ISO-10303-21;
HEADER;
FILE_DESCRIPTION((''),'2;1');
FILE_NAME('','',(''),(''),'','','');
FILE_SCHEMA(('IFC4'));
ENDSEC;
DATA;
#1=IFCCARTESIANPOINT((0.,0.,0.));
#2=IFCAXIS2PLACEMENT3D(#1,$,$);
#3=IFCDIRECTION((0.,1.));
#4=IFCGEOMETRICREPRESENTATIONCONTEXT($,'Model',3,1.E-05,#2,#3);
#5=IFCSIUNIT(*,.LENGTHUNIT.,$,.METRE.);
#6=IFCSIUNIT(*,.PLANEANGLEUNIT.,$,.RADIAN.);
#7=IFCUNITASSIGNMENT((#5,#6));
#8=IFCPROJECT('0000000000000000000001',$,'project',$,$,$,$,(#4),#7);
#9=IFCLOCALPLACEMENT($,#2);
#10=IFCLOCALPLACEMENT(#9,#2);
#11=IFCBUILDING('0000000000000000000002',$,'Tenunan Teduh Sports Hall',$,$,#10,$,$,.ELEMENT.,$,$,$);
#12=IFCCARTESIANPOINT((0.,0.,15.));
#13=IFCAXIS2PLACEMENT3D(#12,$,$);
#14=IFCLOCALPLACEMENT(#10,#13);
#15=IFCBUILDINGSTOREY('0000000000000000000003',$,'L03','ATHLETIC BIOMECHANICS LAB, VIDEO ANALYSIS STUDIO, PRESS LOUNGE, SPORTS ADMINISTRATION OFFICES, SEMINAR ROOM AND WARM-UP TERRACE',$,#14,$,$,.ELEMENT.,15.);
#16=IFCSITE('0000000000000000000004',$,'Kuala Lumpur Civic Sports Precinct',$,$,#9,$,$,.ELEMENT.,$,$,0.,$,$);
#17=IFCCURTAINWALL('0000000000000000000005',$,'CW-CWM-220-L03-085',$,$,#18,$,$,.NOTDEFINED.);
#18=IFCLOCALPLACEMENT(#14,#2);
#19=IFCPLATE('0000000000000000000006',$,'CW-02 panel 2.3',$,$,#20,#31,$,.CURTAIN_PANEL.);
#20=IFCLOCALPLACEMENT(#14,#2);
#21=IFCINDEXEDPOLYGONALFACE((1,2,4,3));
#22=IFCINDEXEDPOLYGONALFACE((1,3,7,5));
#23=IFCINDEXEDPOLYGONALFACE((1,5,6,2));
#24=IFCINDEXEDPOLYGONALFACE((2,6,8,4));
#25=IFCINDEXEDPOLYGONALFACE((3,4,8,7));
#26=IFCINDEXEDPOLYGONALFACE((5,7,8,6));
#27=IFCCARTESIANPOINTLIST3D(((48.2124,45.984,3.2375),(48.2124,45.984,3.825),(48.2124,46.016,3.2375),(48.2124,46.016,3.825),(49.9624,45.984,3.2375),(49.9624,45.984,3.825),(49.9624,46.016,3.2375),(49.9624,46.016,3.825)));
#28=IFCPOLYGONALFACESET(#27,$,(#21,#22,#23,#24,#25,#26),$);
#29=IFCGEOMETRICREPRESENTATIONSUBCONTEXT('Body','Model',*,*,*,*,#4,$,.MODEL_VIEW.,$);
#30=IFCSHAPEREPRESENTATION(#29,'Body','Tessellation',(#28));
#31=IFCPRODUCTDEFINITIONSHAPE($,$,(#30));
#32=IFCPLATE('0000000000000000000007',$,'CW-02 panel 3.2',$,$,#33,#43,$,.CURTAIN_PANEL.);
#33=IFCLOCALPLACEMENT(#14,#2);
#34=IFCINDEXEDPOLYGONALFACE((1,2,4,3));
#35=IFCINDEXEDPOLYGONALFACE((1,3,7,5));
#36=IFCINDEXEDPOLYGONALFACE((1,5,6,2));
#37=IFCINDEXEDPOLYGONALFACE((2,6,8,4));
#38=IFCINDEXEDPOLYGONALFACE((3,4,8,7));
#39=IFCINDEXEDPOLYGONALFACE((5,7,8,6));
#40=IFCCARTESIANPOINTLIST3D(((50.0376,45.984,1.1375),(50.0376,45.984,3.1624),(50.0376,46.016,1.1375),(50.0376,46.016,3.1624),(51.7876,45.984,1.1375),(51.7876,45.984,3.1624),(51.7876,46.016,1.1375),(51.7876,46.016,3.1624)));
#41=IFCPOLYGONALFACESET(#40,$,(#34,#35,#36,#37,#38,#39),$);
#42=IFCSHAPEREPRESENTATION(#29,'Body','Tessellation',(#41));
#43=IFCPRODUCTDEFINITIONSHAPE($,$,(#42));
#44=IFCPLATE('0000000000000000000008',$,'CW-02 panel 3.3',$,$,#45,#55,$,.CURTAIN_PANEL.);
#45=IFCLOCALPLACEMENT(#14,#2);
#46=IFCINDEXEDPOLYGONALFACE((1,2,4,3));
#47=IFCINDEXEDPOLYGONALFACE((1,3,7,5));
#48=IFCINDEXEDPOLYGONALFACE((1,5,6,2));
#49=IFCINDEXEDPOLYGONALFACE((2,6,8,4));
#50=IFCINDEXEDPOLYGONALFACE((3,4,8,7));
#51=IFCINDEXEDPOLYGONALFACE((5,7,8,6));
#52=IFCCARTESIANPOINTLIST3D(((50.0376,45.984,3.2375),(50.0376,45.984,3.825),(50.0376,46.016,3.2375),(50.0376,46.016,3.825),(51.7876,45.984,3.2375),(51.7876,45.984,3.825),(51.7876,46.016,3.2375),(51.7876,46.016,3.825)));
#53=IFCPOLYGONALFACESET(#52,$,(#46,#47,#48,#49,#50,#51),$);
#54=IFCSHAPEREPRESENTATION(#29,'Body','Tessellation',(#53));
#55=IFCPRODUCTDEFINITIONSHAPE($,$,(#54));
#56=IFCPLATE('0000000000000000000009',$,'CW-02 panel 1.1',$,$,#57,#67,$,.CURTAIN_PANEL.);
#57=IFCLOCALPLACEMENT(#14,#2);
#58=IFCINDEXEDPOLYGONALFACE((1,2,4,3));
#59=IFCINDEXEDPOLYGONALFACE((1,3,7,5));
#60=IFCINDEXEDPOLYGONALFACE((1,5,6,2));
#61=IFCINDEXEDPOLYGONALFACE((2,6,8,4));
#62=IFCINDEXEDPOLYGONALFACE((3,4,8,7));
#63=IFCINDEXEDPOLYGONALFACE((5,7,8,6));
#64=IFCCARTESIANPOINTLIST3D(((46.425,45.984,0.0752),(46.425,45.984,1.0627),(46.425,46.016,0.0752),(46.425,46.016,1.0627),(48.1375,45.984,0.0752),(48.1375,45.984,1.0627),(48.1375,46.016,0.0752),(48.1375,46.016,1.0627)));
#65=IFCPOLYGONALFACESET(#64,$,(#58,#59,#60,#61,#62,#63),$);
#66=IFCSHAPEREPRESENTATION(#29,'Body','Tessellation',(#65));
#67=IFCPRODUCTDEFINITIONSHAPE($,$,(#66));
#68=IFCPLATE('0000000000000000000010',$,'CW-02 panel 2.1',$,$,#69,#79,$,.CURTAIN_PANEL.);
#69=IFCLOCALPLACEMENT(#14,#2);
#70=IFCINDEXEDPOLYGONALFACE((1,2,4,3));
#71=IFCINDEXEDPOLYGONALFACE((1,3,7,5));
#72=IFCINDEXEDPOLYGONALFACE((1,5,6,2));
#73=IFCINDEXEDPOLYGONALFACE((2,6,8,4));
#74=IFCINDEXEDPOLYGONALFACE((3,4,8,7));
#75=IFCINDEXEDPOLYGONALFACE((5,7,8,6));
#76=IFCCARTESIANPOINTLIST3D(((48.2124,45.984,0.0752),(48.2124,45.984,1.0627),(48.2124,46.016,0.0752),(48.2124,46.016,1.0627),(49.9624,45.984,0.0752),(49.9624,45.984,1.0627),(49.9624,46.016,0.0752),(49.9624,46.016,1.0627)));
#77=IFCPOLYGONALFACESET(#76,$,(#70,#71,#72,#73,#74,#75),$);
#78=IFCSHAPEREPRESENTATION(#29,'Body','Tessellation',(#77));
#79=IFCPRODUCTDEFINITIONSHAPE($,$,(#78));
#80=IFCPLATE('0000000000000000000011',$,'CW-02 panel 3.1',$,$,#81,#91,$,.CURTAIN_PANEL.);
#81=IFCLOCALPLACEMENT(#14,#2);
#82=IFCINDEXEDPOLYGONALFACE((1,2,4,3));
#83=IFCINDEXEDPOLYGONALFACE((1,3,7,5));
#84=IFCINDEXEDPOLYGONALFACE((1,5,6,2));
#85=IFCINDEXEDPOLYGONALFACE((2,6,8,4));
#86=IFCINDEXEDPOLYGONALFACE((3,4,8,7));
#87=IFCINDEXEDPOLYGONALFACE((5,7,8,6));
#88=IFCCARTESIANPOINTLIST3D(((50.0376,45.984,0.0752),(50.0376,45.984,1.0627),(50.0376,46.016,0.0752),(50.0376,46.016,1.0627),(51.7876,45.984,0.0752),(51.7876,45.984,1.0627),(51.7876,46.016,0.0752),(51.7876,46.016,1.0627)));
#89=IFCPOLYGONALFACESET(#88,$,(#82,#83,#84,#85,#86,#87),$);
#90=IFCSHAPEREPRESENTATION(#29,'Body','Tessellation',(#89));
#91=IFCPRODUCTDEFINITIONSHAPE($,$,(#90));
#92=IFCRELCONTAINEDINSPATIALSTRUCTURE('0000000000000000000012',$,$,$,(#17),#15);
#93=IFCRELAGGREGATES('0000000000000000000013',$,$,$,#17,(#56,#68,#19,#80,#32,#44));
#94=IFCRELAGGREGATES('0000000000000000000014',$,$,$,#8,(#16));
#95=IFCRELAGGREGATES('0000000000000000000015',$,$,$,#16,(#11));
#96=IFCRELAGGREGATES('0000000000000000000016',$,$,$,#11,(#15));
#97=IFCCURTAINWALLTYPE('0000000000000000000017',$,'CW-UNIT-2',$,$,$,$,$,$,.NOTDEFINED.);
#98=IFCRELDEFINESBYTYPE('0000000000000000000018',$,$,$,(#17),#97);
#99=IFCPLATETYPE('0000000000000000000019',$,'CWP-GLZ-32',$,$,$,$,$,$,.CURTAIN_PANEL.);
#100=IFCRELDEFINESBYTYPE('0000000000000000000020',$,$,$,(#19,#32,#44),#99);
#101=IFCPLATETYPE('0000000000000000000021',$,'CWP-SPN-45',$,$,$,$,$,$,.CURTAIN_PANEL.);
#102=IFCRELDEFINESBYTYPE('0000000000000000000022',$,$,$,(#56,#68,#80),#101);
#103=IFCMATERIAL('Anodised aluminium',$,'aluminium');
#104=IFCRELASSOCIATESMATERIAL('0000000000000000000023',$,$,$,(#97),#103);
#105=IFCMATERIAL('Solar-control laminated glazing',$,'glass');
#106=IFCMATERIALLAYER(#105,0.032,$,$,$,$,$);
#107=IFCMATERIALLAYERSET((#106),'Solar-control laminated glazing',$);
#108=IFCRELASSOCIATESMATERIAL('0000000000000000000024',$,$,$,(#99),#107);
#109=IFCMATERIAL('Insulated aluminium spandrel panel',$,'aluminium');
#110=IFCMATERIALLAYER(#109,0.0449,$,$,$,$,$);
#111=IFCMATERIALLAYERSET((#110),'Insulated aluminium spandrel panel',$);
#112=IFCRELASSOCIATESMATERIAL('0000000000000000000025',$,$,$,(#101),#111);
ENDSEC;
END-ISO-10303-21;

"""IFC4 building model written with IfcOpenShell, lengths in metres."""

from ifc_helpers import new_model, si_unit, direction, frame, origin, origin_2d, place, context, subcontext, project, spatial, rectangle, extrude, material, layer, layer_set, type_object, element, aggregate, save


model = new_model("IFC4")

# Units and contexts
model_context = context("Model", 3, precision=1e-05, world=origin(), true_north=direction((0.0, 1.0)))
body_context = subcontext(model_context, "Body", "Model", "MODEL_VIEW")
ifc_project = project(units=[si_unit("LENGTHUNIT", "METRE"), si_unit("PLANEANGLEUNIT", "RADIAN")], contexts=[model_context])

# Site, building, storey
site_placement = place(None, origin())
site = spatial("IfcSite", under=ifc_project, at=site_placement, Name="Kuala Lumpur Civic Sports Precinct", CompositionType="ELEMENT", RefElevation=0.0)
building_placement = place(site_placement, origin())
building = spatial("IfcBuilding", under=site, at=building_placement, Name="Tenunan Teduh Sports Hall", CompositionType="ELEMENT")
storey_placement = place(building_placement, frame((0.0, 0.0, 15.0)))
storey = spatial("IfcBuildingStorey", under=building, at=storey_placement, Name="L03", Description="ATHLETIC BIOMECHANICS LAB, VIDEO ANALYSIS STUDIO, PRESS LOUNGE, SPORTS ADMINISTRATION OFFICES, SEMINAR ROOM AND WARM-UP TERRACE", CompositionType="ELEMENT", Elevation=15.0)

# Curtain wall, plates
ifc_material_1 = material(Name="Anodised aluminium", Category="aluminium")
curtain_wall_type = type_object("IfcCurtainWallType", Name="CW-UNIT-2", PredefinedType="NOTDEFINED", material=ifc_material_1)
curtain_wall_placement = place(storey_placement, origin())
curtain_wall = element("IfcCurtainWall", 1, at=curtain_wall_placement, inside=storey, type_object=curtain_wall_type, Name="CW-CWM-220-L03-085", PredefinedType="NOTDEFINED")
ifc_material_2 = material(Name="Solar-control laminated glazing", Category="glass")
ifc_layer_1 = layer(ifc_material_2, 0.032)
ifc_layer_set_1 = layer_set([ifc_layer_1], Name="Solar-control laminated glazing")
plate_type_1 = type_object("IfcPlateType", Name="CWP-GLZ-32", PredefinedType="CURTAIN_PANEL", material=ifc_layer_set_1)
plate_1_placement = place(storey_placement, frame((49.0874, 46.0, 3.2375), z_axis=(0.0, 0.0, 1.0), x_axis=(1.0, 0.0, 0.0)))
plate_1 = element("IfcPlate", 2, at=plate_1_placement, type_object=plate_type_1, Name="CW-02 panel 2.3", PredefinedType="CURTAIN_PANEL", context=body_context, shape_type="SweptSolid", body=[
    extrude(rectangle(XDim=1.75, YDim=0.032, at=origin_2d()), origin(), (0.0, 0.0, 1.0), 0.5874),
])
plate_2_placement = place(storey_placement, frame((50.9126, 46.0, 1.1375), z_axis=(0.0, 0.0, 1.0), x_axis=(1.0, 0.0, 0.0)))
plate_2 = element("IfcPlate", 3, at=plate_2_placement, type_object=plate_type_1, Name="CW-02 panel 3.2", PredefinedType="CURTAIN_PANEL", context=body_context, shape_type="SweptSolid", body=[
    extrude(rectangle(XDim=1.75, YDim=0.032, at=origin_2d()), origin(), (0.0, 0.0, 1.0), 2.0249),
])
plate_3_placement = place(storey_placement, frame((50.9126, 46.0, 3.2375), z_axis=(0.0, 0.0, 1.0), x_axis=(1.0, 0.0, 0.0)))
plate_3 = element("IfcPlate", 4, at=plate_3_placement, type_object=plate_type_1, Name="CW-02 panel 3.3", PredefinedType="CURTAIN_PANEL", context=body_context, shape_type="SweptSolid", body=[
    extrude(rectangle(XDim=1.75, YDim=0.032, at=origin_2d()), origin(), (0.0, 0.0, 1.0), 0.5874),
])
ifc_material_3 = material(Name="Insulated aluminium spandrel panel", Category="aluminium")
ifc_layer_2 = layer(ifc_material_3, 0.0449)
ifc_layer_set_2 = layer_set([ifc_layer_2], Name="Insulated aluminium spandrel panel")
plate_type_2 = type_object("IfcPlateType", Name="CWP-SPN-45", PredefinedType="CURTAIN_PANEL", material=ifc_layer_set_2)
plate_4_placement = place(storey_placement, frame((47.2812, 46.0, 0.0752), z_axis=(0.0, 0.0, 1.0), x_axis=(1.0, 0.0, 0.0)))
plate_4 = element("IfcPlate", 5, at=plate_4_placement, type_object=plate_type_2, Name="CW-02 panel 1.1", PredefinedType="CURTAIN_PANEL", context=body_context, shape_type="SweptSolid", body=[
    extrude(rectangle(XDim=1.7124, YDim=0.032, at=origin_2d()), origin(), (0.0, 0.0, 1.0), 0.9875),
])
plate_5_placement = place(storey_placement, frame((49.0874, 46.0, 0.0752), z_axis=(0.0, 0.0, 1.0), x_axis=(1.0, 0.0, 0.0)))
plate_5 = element("IfcPlate", 6, at=plate_5_placement, type_object=plate_type_2, Name="CW-02 panel 2.1", PredefinedType="CURTAIN_PANEL", context=body_context, shape_type="SweptSolid", body=[
    extrude(rectangle(XDim=1.75, YDim=0.032, at=origin_2d()), origin(), (0.0, 0.0, 1.0), 0.9875),
])
plate_6_placement = place(storey_placement, frame((50.9126, 46.0, 0.0752), z_axis=(0.0, 0.0, 1.0), x_axis=(1.0, 0.0, 0.0)))
plate_6 = element("IfcPlate", 7, at=plate_6_placement, type_object=plate_type_2, Name="CW-02 panel 3.1", PredefinedType="CURTAIN_PANEL", context=body_context, shape_type="SweptSolid", body=[
    extrude(rectangle(XDim=1.75, YDim=0.032, at=origin_2d()), origin(), (0.0, 0.0, 1.0), 0.9875),
])
aggregate(curtain_wall, [plate_4, plate_5, plate_1, plate_6, plate_2, plate_3])

save(model, "model.ifc")
